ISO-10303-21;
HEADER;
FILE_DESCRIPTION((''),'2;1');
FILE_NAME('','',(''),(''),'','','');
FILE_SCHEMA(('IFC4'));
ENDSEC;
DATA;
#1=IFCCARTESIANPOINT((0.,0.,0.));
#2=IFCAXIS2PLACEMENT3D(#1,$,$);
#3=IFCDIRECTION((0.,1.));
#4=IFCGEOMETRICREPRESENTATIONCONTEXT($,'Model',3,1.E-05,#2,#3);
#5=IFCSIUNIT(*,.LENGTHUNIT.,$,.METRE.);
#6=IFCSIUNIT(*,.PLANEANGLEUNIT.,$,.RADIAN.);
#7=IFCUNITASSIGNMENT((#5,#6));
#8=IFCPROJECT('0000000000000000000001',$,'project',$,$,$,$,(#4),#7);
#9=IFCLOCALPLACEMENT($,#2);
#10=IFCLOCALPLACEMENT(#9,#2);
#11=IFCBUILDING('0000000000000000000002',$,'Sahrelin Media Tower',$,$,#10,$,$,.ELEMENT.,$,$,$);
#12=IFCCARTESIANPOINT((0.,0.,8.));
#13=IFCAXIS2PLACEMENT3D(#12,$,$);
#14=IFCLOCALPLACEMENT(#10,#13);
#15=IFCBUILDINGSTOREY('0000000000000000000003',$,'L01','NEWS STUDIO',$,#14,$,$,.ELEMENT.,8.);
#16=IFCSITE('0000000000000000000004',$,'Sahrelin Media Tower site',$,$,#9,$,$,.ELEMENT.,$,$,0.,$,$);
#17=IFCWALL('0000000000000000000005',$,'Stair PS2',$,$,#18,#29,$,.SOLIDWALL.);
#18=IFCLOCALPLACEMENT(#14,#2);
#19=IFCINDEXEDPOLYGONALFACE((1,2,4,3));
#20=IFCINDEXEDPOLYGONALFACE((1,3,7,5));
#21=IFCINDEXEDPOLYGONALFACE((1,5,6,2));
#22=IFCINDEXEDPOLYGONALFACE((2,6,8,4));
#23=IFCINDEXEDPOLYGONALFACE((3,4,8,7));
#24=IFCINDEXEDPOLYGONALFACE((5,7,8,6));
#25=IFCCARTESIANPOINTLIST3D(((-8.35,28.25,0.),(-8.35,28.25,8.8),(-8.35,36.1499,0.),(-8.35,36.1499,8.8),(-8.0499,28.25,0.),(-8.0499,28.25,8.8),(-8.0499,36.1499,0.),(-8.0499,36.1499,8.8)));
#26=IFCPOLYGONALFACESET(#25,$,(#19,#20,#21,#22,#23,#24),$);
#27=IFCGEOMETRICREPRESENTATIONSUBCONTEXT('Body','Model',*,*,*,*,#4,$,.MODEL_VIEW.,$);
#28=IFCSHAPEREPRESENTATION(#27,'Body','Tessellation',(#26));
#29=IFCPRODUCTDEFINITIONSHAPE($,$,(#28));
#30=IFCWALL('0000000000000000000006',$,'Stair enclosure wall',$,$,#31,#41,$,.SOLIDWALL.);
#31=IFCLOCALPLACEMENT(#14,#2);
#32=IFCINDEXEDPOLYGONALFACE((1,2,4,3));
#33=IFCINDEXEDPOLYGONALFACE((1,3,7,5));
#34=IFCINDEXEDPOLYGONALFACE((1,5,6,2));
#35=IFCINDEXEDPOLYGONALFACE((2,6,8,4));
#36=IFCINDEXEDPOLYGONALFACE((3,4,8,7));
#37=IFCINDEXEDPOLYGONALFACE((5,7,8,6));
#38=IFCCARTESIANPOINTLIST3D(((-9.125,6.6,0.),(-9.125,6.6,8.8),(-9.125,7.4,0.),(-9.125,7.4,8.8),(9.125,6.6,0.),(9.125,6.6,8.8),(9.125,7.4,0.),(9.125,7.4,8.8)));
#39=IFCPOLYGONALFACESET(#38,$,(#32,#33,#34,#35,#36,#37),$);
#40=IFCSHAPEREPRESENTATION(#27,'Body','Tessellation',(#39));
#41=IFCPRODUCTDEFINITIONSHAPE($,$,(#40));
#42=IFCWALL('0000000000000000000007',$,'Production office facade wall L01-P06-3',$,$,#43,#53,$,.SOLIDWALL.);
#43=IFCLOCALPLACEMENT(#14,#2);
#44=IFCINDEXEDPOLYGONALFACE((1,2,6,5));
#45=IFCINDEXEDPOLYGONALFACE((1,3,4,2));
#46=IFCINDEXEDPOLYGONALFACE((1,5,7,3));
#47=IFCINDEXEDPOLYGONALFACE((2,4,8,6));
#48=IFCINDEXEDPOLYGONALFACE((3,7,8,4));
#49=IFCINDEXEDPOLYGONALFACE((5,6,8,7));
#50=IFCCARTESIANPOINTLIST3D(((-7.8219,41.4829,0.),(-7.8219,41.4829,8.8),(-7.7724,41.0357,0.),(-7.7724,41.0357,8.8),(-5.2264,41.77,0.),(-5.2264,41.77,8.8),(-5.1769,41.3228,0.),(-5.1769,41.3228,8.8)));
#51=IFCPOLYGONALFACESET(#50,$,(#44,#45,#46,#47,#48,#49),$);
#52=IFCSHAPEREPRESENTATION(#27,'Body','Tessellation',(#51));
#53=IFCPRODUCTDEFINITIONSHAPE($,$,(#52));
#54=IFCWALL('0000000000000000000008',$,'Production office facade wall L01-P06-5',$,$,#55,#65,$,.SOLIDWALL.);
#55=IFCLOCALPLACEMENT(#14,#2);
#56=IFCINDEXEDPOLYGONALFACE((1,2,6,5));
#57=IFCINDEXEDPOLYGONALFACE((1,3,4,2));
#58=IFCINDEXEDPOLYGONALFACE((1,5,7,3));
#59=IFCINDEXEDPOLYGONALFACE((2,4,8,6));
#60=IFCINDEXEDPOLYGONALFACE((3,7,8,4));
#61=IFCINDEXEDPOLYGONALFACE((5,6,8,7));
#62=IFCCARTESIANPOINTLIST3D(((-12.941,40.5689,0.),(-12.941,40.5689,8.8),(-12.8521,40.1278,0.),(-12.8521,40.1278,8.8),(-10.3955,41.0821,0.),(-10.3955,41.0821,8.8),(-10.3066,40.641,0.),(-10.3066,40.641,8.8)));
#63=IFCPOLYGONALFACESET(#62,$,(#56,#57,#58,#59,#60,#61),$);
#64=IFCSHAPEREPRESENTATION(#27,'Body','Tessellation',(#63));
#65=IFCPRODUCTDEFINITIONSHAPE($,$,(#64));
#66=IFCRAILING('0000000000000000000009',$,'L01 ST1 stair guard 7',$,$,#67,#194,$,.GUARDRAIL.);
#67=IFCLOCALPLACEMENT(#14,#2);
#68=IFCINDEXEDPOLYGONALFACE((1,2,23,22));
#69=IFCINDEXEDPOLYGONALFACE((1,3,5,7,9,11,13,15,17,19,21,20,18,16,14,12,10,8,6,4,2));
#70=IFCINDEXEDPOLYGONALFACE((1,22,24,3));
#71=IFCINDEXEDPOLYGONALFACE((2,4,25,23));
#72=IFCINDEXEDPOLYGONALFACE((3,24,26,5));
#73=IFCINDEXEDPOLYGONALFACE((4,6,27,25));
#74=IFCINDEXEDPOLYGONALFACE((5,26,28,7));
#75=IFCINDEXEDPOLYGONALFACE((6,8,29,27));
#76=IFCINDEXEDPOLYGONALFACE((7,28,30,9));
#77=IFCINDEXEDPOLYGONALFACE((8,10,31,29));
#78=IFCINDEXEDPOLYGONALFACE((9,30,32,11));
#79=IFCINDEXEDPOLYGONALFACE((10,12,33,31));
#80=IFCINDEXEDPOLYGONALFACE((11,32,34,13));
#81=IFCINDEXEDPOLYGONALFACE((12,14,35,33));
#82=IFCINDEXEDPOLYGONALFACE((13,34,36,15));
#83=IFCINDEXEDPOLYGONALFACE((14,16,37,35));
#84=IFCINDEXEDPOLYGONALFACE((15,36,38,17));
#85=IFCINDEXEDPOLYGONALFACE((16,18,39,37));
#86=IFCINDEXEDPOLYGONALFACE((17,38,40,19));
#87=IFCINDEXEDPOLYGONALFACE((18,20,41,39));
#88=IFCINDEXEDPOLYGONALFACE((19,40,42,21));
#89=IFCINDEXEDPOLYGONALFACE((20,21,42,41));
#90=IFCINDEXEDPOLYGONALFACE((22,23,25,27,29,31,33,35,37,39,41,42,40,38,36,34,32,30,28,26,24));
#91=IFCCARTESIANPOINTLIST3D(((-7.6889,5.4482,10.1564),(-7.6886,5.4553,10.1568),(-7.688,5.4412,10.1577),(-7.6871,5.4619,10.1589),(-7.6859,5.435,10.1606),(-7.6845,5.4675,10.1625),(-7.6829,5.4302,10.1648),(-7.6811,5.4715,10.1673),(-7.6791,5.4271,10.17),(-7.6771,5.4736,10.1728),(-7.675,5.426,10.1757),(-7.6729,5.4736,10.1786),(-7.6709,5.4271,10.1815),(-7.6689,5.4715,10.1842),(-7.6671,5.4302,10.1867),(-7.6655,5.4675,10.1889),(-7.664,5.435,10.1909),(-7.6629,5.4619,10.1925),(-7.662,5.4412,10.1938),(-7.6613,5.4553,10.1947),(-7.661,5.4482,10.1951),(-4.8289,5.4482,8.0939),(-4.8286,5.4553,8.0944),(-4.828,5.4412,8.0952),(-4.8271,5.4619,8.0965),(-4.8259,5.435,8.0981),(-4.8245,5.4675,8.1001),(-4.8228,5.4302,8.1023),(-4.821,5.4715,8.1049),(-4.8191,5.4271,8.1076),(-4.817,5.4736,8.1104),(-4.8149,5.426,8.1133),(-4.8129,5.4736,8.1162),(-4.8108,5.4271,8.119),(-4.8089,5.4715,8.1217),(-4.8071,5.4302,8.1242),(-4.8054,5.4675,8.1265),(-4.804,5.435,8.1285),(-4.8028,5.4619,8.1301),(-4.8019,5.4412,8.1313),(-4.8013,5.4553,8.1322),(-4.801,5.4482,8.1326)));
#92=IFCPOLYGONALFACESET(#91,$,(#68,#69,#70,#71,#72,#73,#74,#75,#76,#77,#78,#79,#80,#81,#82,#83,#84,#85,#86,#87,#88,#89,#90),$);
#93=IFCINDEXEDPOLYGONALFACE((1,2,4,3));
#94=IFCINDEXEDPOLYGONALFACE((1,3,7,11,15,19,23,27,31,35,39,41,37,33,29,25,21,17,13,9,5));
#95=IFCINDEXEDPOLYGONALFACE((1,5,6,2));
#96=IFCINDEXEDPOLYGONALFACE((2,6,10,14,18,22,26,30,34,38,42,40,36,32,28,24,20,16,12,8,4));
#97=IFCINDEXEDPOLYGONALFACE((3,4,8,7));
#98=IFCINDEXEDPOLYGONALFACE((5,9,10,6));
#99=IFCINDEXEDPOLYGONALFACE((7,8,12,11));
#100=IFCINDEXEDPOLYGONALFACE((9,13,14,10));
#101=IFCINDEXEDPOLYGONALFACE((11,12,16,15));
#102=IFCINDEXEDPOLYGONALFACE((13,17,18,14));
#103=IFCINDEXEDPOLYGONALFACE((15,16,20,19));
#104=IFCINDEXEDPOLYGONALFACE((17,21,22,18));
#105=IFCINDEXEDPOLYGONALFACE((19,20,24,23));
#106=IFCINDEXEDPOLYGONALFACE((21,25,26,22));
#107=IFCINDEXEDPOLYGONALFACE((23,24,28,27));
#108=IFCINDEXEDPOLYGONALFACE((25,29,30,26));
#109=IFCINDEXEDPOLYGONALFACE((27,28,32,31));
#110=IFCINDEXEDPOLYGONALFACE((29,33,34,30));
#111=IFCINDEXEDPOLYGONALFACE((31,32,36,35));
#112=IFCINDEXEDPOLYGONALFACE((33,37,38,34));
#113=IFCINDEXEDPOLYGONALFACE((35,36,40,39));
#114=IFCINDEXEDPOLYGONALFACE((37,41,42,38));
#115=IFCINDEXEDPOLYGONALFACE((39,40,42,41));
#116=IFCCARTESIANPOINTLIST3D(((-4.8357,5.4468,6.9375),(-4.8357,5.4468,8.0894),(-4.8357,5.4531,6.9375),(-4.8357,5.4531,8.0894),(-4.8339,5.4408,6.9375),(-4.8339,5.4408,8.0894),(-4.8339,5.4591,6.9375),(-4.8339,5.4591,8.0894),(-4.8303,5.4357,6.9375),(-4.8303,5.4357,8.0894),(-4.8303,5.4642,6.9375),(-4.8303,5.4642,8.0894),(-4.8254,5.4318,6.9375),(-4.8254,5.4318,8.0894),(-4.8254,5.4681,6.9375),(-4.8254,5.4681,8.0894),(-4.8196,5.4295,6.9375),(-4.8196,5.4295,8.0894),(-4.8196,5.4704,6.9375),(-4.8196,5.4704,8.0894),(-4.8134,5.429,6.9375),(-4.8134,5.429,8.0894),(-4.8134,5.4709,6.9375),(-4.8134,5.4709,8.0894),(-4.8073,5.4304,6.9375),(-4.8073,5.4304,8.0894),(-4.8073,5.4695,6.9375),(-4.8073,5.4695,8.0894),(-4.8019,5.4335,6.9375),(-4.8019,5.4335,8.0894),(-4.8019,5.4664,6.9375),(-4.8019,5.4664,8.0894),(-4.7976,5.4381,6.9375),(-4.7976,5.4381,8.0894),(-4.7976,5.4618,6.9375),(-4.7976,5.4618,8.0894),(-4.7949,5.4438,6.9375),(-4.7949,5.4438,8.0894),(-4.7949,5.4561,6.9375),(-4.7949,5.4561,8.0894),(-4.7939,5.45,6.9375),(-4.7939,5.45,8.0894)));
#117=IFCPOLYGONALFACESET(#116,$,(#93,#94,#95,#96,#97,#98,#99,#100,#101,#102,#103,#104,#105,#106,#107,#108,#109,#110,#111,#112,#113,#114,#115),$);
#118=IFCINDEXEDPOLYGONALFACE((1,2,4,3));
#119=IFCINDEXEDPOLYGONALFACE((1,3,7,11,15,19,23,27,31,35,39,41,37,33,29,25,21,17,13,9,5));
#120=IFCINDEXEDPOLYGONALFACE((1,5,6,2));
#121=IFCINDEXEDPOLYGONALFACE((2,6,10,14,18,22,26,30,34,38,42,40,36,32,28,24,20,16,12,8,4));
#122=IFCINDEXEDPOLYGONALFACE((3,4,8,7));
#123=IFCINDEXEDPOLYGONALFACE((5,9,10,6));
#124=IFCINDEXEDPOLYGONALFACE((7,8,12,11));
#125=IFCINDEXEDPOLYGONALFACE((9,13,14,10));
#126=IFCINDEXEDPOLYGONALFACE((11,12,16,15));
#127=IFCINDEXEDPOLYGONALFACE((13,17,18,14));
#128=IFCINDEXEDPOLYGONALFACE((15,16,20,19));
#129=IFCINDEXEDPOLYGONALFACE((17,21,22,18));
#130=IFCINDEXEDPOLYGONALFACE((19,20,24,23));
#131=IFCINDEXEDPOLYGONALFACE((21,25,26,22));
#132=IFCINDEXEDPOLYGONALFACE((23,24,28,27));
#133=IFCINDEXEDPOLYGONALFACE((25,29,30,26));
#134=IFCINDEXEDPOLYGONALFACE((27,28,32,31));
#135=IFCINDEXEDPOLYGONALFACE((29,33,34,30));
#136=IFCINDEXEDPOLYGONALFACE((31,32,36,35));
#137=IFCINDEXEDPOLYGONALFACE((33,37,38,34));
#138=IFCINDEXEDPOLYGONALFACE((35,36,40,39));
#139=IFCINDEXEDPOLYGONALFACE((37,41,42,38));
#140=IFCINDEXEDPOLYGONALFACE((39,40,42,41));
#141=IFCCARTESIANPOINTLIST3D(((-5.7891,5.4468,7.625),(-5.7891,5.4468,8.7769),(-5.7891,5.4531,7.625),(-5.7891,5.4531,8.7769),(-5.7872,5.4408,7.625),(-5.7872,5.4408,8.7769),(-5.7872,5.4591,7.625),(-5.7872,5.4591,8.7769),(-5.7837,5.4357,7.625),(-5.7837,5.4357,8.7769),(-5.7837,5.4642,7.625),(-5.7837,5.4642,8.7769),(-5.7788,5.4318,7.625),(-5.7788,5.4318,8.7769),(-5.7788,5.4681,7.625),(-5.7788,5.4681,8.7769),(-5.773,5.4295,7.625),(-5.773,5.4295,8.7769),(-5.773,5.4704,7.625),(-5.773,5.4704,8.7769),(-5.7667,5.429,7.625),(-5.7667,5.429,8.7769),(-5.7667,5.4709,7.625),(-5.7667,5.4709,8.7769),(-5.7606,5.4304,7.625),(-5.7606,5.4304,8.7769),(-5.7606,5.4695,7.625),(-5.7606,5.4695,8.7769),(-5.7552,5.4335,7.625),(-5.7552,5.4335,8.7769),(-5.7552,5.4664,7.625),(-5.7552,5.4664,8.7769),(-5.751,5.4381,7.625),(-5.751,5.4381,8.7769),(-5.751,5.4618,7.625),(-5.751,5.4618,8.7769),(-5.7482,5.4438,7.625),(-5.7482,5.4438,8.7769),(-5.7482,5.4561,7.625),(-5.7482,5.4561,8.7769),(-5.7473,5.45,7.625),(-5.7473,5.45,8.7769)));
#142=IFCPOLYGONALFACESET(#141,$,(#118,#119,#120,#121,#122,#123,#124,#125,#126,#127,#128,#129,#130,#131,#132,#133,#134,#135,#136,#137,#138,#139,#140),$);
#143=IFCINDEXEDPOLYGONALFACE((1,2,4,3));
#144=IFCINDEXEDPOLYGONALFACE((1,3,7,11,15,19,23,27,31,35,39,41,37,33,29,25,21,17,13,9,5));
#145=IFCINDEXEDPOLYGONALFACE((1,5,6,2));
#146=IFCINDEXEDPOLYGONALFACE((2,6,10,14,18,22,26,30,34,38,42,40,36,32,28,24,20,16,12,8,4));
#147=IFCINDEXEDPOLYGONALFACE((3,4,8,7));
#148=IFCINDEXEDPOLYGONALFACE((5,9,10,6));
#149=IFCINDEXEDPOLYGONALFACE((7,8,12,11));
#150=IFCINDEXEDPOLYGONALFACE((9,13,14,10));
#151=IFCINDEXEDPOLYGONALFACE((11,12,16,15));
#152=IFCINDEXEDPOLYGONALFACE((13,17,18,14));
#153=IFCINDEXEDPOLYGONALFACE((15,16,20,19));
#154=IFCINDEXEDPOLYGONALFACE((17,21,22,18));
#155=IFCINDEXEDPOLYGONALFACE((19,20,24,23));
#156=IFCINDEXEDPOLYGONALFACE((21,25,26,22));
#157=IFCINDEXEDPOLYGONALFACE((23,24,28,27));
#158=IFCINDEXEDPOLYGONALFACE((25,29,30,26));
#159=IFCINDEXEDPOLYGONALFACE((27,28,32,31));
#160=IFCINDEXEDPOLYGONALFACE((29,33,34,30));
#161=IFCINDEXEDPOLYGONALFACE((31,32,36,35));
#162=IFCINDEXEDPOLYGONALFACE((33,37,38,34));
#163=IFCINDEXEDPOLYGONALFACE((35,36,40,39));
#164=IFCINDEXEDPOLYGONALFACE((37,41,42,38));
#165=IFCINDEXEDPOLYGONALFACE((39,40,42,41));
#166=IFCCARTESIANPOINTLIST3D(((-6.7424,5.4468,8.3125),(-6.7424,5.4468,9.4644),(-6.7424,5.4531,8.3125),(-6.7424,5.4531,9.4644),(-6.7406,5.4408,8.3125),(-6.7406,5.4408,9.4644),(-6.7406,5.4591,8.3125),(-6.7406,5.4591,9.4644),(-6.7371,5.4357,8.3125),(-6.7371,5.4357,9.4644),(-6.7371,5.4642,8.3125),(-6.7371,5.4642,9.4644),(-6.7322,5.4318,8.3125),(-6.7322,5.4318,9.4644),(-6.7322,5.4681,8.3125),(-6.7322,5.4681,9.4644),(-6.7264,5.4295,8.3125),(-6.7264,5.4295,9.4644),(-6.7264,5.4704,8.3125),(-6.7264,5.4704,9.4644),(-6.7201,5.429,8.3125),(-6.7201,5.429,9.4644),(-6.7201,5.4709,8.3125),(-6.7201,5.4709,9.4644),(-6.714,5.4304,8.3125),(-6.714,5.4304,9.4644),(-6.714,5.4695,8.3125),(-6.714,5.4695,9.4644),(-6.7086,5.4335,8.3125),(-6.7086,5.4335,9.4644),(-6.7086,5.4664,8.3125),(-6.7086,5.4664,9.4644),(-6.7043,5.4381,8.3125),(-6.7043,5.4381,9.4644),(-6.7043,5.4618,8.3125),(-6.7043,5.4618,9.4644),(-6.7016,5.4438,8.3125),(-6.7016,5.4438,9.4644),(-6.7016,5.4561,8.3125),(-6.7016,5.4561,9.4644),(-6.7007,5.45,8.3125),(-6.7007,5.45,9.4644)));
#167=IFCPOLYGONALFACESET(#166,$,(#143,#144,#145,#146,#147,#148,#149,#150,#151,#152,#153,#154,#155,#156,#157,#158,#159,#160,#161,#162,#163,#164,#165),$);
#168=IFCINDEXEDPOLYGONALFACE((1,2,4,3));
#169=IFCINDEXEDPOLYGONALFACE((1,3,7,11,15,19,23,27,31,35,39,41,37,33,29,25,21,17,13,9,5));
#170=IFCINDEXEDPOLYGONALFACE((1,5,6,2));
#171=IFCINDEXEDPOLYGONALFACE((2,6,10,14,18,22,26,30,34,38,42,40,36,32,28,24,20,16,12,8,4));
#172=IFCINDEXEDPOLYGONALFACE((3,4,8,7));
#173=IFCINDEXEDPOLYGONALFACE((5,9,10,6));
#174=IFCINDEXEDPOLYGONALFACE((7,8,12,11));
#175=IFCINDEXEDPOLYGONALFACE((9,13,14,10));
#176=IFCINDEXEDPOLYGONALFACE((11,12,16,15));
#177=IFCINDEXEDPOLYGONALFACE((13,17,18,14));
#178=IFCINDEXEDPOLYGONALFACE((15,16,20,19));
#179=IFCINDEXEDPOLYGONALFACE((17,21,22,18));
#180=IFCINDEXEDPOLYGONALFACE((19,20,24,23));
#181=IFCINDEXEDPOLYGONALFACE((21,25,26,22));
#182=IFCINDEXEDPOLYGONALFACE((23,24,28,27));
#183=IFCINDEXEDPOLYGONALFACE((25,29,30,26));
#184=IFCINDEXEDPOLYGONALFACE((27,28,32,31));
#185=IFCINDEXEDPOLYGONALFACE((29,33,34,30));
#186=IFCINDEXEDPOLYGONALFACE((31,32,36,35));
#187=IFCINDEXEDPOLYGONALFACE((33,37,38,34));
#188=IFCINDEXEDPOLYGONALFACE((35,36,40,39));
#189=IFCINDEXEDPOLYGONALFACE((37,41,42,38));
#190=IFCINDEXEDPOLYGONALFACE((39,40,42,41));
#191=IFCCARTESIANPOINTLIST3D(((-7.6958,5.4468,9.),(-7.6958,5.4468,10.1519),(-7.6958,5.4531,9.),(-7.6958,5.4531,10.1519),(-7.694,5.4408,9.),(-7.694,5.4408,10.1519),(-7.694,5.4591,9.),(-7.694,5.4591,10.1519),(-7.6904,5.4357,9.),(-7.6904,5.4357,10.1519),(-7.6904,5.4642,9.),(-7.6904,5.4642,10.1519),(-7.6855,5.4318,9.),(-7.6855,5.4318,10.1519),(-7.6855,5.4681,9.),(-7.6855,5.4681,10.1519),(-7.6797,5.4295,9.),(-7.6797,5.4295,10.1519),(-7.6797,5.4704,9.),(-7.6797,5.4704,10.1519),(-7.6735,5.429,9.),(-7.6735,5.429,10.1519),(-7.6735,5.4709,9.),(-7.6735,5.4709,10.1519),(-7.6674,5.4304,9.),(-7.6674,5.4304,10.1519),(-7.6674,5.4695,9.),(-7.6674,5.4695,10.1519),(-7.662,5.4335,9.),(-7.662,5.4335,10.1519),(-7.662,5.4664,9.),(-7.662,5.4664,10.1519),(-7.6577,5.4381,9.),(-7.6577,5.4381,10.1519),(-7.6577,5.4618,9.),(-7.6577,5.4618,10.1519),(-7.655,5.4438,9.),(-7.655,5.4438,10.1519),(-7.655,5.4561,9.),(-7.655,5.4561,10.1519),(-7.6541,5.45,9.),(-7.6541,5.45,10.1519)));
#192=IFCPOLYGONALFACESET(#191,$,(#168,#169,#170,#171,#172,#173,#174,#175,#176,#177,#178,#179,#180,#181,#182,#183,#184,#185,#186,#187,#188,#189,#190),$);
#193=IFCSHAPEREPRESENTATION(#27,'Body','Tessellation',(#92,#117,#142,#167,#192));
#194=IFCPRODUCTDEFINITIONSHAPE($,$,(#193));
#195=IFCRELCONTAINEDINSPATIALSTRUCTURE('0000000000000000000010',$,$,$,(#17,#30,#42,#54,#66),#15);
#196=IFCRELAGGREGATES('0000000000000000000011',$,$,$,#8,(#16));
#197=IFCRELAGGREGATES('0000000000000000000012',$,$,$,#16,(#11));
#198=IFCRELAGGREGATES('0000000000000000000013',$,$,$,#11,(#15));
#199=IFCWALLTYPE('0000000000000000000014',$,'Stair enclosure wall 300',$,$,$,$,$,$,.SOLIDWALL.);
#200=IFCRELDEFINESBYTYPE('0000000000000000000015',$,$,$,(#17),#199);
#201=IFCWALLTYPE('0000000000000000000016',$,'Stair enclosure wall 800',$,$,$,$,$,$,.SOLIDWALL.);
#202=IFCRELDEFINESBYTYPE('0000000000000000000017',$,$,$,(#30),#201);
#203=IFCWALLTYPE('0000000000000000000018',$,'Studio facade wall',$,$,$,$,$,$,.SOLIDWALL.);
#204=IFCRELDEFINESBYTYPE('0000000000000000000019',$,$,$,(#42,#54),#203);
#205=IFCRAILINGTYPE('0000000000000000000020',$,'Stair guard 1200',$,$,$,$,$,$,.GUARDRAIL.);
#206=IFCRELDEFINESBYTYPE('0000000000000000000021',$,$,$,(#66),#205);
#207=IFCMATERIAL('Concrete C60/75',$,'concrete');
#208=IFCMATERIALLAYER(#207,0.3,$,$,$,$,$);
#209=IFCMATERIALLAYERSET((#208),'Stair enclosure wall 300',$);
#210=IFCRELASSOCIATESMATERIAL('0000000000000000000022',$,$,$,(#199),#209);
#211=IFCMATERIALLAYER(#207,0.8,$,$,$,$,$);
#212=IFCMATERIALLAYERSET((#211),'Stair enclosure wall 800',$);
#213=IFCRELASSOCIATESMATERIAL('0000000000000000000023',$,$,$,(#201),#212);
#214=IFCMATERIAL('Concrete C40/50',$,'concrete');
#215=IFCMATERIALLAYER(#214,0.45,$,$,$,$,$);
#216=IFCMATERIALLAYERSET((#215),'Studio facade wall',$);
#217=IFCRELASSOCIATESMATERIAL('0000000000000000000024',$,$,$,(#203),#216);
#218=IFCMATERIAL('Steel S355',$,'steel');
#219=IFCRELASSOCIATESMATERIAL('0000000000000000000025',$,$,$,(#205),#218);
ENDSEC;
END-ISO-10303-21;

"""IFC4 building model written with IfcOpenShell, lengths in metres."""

from ifc_helpers import new_model, si_unit, direction, frame, frame_2d, origin, origin_2d, place, context, subcontext, project, spatial, rectangle, circle, extrude, material, layer, layer_set, type_object, element, save


model = new_model("IFC4")

# Units and contexts
model_context = context("Model", 3, precision=1e-05, world=origin(), true_north=direction((0.0, 1.0)))
body_context = subcontext(model_context, "Body", "Model", "MODEL_VIEW")
ifc_project = project(units=[si_unit("LENGTHUNIT", "METRE"), si_unit("PLANEANGLEUNIT", "RADIAN")], contexts=[model_context])

# Site, building, storey
site_placement = place(None, origin())
site = spatial("IfcSite", under=ifc_project, at=site_placement, Name="Sahrelin Media Tower site", CompositionType="ELEMENT", RefElevation=0.0)
building_placement = place(site_placement, origin())
building = spatial("IfcBuilding", under=site, at=building_placement, Name="Sahrelin Media Tower", CompositionType="ELEMENT")
storey_placement = place(building_placement, frame((0.0, 0.0, 8.0)))
storey = spatial("IfcBuildingStorey", under=building, at=storey_placement, Name="L01", Description="NEWS STUDIO", CompositionType="ELEMENT", Elevation=8.0)

# Shared definitions
ifc_material_1 = material(Name="Steel S355", Category="steel")

# Shared definitions
ifc_material_2 = material(Name="Concrete C60/75", Category="concrete")
ifc_layer_1 = layer(ifc_material_2, 0.3)
ifc_layer_set_1 = layer_set([ifc_layer_1], Name="Stair enclosure wall 300")
wall_type_1 = type_object("IfcWallType", Name="Stair enclosure wall 300", PredefinedType="SOLIDWALL", material=ifc_layer_set_1)

# Walls
wall_1_placement = place(storey_placement, frame((-8.2, 36.1499, 0.0), z_axis=(0.0, 0.0, 1.0), x_axis=(0.0, -1.0, 0.0)))
element("IfcWall", 1, at=wall_1_placement, inside=storey, type_object=wall_type_1, Name="Stair PS2", PredefinedType="SOLIDWALL", context=body_context, shape_type="SweptSolid", body=[
    extrude(rectangle(XDim=7.8999, YDim=0.3, at=frame_2d((3.95, 0.0))), origin(), (0.0, 0.0, 1.0), 8.8),
])
ifc_layer_2 = layer(ifc_material_2, 0.8)
ifc_layer_set_2 = layer_set([ifc_layer_2], Name="Stair enclosure wall 800")
wall_type_2 = type_object("IfcWallType", Name="Stair enclosure wall 800", PredefinedType="SOLIDWALL", material=ifc_layer_set_2)
wall_2_placement = place(storey_placement, frame((-9.125, 7.0, 0.0), z_axis=(0.0, 0.0, 1.0), x_axis=(1.0, 0.0, 0.0)))
element("IfcWall", 2, at=wall_2_placement, inside=storey, type_object=wall_type_2, Name="Stair enclosure wall", PredefinedType="SOLIDWALL", context=body_context, shape_type="SweptSolid", body=[
    extrude(rectangle(XDim=18.25, YDim=0.8, at=frame_2d((9.125, 0.0))), origin(), (0.0, 0.0, 1.0), 8.8),
])

# Shared definitions
ifc_material_3 = material(Name="Concrete C40/50", Category="concrete")
ifc_layer_3 = layer(ifc_material_3, 0.45)
ifc_layer_set_3 = layer_set([ifc_layer_3], Name="Studio facade wall")
wall_type_3 = type_object("IfcWallType", Name="Studio facade wall", PredefinedType="SOLIDWALL", material=ifc_layer_set_3)

# Wall
wall_3_placement = place(storey_placement, frame((-5.2017, 41.5464, 0.0), z_axis=(0.0, 0.0, 1.0), x_axis=(-0.993937, -0.109949, 0.0)))
element("IfcWall", 3, at=wall_3_placement, inside=storey, type_object=wall_type_3, Name="Production office facade wall L01-P06-3", PredefinedType="SOLIDWALL", context=body_context, shape_type="SweptSolid", body=[
    extrude(rectangle(XDim=2.6113, YDim=0.45, at=frame_2d((1.3057, 0.0))), origin(), (0.0, 0.0, 1.0), 8.8),
])

# Wall
wall_4_placement = place(storey_placement, frame((-10.3511, 40.8616, 0.0), z_axis=(0.0, 0.0, 1.0), x_axis=(-0.980276, -0.197635, 0.0)))
element("IfcWall", 4, at=wall_4_placement, inside=storey, type_object=wall_type_3, Name="Production office facade wall L01-P06-5", PredefinedType="SOLIDWALL", context=body_context, shape_type="SweptSolid", body=[
    extrude(rectangle(XDim=2.5967, YDim=0.45, at=frame_2d((1.2983, 0.0))), origin(), (0.0, 0.0, 1.0), 8.8),
])

# Railing
railing_type_1 = type_object("IfcRailingType", Name="Stair guard 1200", PredefinedType="GUARDRAIL", material=ifc_material_1)
railing_1_placement = place(storey_placement, frame((-4.8149, 5.45, 6.9375)))
element("IfcRailing", 5, at=railing_1_placement, inside=storey, type_object=railing_type_1, Name="L01 ST1 stair guard 7", PredefinedType="GUARDRAIL", context=body_context, shape_type="SweptSolid", body=[
    extrude(circle(Radius=0.0239, at=origin_2d()), frame((0.0, 0.0, 1.1758), z_axis=(-0.811101, 0.0, 0.584906), x_axis=(0.0, -1.0, 0.0)), (0.0, 0.0, 1.0), 3.5261),
    extrude(circle(Radius=0.021, at=origin_2d()), origin(), (0.0, 0.0, 1.0), 1.1519),
    extrude(circle(Radius=0.021, at=origin_2d()), frame((-0.9534, 0.0, 0.6875)), (0.0, 0.0, 1.0), 1.1519),
    extrude(circle(Radius=0.021, at=origin_2d()), frame((-1.9067, 0.0, 1.375)), (0.0, 0.0, 1.0), 1.1519),
    extrude(circle(Radius=0.021, at=origin_2d()), frame((-2.8601, 0.0, 2.0625)), (0.0, 0.0, 1.0), 1.1519),
])

save(model, "model.ifc")
